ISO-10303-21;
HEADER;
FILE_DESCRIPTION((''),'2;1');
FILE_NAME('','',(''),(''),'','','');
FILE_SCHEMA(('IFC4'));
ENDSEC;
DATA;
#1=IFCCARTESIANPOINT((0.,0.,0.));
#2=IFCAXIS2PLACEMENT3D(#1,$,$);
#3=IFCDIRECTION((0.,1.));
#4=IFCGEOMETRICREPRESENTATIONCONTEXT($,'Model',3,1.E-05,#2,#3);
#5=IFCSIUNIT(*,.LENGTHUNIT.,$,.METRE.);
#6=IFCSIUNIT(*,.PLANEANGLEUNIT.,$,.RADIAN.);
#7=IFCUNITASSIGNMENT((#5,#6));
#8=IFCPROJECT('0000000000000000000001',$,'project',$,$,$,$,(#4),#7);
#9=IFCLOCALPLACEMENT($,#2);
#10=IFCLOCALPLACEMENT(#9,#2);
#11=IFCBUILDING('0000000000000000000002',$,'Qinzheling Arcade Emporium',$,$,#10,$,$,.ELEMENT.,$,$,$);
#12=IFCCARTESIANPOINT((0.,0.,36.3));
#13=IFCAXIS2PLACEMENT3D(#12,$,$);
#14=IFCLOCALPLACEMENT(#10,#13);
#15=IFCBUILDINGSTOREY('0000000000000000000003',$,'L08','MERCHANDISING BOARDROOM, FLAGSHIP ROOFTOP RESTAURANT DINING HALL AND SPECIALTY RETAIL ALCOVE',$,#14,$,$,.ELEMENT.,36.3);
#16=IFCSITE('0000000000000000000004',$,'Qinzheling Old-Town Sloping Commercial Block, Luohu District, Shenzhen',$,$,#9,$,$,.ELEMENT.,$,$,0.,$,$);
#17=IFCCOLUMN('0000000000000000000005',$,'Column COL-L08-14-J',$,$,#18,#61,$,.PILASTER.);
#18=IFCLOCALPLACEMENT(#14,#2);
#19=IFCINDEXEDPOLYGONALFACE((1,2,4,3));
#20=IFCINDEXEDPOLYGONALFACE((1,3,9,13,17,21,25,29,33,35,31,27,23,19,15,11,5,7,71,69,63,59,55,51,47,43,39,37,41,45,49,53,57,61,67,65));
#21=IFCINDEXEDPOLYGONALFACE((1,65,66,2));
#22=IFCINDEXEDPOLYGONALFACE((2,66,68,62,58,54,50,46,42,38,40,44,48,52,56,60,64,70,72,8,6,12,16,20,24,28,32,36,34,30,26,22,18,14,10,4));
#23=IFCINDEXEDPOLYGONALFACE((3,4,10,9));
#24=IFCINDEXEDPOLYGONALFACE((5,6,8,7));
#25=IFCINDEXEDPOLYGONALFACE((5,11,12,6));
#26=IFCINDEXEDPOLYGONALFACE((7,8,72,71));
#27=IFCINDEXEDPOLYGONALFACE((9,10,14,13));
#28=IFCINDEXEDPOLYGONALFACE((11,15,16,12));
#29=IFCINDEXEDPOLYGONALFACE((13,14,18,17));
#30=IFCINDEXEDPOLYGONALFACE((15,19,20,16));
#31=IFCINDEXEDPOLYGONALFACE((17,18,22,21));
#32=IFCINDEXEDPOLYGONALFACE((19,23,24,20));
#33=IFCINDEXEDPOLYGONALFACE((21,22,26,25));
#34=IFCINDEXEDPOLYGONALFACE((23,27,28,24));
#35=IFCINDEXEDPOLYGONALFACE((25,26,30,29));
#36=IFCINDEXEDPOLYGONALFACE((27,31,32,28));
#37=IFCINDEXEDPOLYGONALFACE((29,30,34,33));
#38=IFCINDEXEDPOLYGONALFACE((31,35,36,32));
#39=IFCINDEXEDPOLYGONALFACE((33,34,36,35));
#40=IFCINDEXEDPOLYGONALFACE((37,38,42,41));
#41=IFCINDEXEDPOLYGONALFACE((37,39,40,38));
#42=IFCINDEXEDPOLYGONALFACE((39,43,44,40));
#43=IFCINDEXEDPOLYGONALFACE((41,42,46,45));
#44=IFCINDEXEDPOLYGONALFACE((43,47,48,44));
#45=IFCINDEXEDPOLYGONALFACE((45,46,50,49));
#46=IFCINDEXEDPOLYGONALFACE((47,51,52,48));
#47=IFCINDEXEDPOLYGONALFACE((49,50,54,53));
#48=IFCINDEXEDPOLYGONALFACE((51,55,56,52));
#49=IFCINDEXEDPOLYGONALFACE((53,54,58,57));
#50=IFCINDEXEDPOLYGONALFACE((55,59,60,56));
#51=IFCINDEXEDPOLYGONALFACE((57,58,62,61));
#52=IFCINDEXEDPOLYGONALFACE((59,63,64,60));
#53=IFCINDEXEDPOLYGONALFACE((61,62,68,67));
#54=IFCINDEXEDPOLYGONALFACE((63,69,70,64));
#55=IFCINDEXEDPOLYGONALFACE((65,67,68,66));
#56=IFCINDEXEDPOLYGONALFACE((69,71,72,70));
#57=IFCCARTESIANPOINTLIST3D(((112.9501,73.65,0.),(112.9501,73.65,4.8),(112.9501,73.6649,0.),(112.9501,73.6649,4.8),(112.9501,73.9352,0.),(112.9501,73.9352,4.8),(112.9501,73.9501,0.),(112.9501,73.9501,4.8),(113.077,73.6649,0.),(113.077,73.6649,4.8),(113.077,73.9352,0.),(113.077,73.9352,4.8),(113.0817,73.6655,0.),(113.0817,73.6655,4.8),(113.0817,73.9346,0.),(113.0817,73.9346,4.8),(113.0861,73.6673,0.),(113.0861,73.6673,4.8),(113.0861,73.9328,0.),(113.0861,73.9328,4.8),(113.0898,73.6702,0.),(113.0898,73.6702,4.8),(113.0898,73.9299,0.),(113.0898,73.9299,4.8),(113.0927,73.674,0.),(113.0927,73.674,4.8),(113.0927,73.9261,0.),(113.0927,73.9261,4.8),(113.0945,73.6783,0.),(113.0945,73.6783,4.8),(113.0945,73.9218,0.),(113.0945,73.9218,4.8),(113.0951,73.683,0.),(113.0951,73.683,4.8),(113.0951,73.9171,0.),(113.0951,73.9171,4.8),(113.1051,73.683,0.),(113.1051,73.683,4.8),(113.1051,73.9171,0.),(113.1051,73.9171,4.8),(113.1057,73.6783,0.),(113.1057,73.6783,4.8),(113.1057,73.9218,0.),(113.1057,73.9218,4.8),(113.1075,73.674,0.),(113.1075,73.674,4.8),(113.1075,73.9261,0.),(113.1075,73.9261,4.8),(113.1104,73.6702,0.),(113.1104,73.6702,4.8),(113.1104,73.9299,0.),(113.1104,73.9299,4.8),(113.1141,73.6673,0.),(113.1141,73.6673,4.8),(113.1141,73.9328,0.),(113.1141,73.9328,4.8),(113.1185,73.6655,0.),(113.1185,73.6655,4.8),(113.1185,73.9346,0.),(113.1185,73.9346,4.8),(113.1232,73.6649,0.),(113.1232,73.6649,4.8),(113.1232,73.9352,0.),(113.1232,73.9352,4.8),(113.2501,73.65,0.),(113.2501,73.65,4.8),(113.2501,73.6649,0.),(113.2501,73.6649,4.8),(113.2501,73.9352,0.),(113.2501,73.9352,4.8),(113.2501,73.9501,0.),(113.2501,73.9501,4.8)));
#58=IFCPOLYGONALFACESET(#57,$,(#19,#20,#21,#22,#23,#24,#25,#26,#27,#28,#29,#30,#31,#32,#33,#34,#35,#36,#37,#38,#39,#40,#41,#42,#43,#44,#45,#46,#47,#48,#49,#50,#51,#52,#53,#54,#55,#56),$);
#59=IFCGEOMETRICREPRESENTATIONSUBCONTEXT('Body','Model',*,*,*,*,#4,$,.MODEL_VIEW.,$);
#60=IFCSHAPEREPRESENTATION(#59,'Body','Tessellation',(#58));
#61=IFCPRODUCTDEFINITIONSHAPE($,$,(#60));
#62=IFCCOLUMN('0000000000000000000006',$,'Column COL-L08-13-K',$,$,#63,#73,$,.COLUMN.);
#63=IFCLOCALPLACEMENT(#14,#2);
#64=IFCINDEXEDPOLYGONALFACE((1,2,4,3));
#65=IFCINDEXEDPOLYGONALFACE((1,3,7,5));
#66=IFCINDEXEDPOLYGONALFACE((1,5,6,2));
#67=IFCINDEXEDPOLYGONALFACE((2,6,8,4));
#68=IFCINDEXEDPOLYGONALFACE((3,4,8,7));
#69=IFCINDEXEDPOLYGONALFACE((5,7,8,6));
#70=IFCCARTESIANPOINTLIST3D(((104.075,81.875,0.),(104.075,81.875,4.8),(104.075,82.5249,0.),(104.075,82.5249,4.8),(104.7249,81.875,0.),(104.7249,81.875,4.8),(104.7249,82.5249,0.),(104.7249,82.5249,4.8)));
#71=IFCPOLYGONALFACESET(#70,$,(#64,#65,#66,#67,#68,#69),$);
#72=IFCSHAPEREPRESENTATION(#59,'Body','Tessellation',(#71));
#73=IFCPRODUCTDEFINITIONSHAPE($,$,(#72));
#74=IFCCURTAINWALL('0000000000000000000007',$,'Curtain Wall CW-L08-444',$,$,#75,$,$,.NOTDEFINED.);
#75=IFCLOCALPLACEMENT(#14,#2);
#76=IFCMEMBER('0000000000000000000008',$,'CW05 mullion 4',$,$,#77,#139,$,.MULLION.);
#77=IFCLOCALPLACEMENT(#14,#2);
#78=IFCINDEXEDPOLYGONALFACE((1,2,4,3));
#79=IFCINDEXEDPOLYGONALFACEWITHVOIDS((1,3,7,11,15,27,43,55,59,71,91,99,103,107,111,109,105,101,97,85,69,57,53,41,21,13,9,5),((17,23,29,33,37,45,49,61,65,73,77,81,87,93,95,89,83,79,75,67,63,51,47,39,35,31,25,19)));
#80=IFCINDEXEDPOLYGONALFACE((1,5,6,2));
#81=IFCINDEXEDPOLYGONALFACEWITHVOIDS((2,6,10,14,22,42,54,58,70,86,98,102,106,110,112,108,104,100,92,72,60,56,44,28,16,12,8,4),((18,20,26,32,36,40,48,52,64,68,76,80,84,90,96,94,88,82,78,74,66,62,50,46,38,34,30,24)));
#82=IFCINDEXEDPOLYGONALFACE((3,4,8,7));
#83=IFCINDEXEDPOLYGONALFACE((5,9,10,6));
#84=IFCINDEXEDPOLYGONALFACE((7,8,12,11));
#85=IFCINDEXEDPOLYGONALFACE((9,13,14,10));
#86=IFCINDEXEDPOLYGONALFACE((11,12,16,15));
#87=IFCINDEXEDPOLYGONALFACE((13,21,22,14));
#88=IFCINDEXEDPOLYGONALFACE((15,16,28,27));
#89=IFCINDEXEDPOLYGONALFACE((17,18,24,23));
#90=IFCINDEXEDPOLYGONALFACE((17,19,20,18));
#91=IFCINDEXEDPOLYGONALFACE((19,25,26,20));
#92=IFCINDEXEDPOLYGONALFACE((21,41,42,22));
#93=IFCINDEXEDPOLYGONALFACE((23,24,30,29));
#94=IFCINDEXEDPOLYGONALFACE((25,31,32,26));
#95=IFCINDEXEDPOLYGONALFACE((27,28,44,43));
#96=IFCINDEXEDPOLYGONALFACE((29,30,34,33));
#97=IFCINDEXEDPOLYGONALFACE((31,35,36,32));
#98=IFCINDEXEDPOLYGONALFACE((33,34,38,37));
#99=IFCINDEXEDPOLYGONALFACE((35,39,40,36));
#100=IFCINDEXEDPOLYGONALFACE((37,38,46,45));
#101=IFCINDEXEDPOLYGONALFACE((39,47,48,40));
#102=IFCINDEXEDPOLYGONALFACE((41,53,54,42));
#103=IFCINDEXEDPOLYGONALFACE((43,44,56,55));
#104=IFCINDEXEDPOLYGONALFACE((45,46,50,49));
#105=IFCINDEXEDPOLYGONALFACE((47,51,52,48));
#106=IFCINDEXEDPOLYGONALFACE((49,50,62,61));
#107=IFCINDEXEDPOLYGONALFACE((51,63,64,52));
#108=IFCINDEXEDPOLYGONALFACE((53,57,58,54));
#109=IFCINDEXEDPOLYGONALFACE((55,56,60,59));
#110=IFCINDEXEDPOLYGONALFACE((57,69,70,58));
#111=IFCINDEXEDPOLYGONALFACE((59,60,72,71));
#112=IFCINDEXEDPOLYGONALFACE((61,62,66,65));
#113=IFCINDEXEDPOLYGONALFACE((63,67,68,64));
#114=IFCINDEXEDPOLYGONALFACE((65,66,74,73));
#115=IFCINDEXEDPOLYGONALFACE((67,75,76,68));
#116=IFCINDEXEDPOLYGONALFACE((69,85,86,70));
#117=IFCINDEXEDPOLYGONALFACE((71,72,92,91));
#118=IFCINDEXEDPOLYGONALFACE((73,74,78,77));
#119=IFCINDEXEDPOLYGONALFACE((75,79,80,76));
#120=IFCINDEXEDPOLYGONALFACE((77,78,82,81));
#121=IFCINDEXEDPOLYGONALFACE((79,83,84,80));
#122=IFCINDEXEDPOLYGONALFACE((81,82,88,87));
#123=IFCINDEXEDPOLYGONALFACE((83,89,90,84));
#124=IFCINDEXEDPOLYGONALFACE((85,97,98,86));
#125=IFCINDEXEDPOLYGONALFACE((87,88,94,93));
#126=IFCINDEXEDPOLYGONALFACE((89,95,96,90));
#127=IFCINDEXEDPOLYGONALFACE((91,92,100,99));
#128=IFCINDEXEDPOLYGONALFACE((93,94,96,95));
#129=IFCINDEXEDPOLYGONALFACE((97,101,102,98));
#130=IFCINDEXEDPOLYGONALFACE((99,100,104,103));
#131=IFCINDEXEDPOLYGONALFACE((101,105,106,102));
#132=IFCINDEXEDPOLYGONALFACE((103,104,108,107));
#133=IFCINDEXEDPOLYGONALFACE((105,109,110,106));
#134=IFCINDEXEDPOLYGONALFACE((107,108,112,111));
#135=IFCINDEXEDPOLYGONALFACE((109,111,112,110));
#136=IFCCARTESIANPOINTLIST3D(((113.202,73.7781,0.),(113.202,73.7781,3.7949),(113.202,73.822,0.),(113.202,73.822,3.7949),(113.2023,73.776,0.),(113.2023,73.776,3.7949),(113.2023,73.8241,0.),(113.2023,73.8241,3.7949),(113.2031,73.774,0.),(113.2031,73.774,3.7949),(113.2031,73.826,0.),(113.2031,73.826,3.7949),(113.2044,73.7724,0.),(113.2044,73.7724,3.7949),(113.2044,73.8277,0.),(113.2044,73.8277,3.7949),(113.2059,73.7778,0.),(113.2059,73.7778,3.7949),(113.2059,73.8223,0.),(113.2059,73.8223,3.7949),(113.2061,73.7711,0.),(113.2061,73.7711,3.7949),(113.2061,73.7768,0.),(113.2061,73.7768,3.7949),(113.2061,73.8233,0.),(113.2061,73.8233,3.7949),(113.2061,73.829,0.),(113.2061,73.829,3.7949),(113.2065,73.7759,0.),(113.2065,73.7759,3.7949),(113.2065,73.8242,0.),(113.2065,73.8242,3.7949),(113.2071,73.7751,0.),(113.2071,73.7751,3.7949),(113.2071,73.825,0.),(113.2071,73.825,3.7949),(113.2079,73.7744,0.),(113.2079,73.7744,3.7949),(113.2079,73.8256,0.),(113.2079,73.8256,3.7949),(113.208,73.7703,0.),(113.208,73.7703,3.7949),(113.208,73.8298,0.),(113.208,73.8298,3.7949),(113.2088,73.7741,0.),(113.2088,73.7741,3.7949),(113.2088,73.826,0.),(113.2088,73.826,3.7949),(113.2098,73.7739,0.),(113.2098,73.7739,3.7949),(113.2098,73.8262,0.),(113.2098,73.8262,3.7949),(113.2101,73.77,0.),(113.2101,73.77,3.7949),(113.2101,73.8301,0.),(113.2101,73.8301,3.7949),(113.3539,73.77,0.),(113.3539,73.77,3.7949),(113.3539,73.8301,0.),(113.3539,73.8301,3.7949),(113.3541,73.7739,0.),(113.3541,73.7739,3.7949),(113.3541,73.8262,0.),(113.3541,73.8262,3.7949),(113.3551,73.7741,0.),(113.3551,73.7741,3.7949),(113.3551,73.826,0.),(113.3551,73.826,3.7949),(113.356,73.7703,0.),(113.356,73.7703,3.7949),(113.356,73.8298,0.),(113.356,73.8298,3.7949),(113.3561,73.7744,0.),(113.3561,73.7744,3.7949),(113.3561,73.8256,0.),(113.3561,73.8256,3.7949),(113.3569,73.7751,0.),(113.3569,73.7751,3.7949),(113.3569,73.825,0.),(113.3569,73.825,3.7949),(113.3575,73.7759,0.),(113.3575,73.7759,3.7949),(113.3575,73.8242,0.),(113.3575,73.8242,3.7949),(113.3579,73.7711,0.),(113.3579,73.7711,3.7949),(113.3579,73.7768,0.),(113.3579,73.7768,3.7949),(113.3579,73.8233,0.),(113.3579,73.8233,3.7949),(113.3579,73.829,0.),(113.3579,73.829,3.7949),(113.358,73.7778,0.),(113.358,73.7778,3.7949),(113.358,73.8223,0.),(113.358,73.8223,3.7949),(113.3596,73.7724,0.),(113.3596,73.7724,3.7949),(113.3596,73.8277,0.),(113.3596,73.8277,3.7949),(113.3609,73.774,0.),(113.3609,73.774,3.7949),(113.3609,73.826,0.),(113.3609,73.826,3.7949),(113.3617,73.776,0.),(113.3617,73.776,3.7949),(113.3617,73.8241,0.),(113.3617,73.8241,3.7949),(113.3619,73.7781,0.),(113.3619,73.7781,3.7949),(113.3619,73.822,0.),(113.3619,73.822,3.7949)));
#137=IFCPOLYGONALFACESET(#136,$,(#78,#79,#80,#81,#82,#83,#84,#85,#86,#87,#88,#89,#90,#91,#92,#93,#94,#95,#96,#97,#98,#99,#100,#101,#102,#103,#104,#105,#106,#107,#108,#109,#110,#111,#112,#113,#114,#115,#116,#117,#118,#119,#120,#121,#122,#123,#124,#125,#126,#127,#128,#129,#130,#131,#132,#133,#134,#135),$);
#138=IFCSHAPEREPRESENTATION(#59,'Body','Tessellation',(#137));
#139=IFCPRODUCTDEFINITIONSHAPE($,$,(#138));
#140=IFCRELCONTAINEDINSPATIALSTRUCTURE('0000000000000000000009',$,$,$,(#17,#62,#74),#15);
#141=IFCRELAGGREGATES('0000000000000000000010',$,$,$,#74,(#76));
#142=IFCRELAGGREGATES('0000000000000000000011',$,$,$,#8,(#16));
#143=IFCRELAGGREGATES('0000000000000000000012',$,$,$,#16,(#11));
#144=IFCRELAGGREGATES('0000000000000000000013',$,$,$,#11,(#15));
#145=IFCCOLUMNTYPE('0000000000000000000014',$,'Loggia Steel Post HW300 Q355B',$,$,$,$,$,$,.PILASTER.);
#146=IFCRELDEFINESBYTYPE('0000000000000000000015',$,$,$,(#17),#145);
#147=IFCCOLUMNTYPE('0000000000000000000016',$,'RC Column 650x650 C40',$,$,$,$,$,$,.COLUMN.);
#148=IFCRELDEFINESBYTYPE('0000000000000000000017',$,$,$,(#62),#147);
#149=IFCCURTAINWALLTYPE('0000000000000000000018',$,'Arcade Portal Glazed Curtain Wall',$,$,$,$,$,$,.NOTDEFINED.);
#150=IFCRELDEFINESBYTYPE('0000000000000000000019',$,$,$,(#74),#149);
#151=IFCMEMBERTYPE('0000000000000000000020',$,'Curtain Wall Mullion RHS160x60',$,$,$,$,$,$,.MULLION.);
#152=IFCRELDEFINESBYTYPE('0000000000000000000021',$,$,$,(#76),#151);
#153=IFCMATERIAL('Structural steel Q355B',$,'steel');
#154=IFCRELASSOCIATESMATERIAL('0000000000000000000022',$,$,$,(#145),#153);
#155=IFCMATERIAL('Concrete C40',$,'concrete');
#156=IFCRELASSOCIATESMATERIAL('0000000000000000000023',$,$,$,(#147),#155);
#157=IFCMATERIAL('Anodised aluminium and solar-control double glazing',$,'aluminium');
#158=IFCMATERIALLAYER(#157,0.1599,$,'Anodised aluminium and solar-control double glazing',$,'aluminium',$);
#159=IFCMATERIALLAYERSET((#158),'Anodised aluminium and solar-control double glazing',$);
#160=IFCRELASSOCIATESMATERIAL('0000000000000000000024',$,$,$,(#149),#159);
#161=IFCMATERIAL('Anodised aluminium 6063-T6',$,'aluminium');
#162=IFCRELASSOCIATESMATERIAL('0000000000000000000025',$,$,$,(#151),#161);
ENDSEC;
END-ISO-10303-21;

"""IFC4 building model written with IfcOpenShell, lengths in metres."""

from ifc_helpers import new_model, si_unit, direction, frame, origin, origin_2d, place, context, subcontext, project, spatial, rectangle, hollow_rectangle, i_section, extrude, material, layer, layer_set, material_profile, profile_set, type_object, element, aggregate, save


model = new_model("IFC4")

# Units and contexts
model_context = context("Model", 3, precision=1e-05, world=origin(), true_north=direction((0.0, 1.0)))
body_context = subcontext(model_context, "Body", "Model", "MODEL_VIEW")
ifc_project = project(units=[si_unit("LENGTHUNIT", "METRE"), si_unit("PLANEANGLEUNIT", "RADIAN")], contexts=[model_context])

# Site, building, storey
site_placement = place(None, origin())
site = spatial("IfcSite", under=ifc_project, at=site_placement, Name="Qinzheling Old-Town Sloping Commercial Block, Luohu District, Shenzhen", CompositionType="ELEMENT", RefElevation=0.0)
building_placement = place(site_placement, origin())
building = spatial("IfcBuilding", under=site, at=building_placement, Name="Qinzheling Arcade Emporium", CompositionType="ELEMENT")
storey_placement = place(building_placement, frame((0.0, 0.0, 36.3)))
storey = spatial("IfcBuildingStorey", under=building, at=storey_placement, Name="L08", Description="MERCHANDISING BOARDROOM, FLAGSHIP ROOFTOP RESTAURANT DINING HALL AND SPECIALTY RETAIL ALCOVE", CompositionType="ELEMENT", Elevation=36.3)

# Columns
ifc_material_1 = material(Name="Structural steel Q355B", Category="steel")
ifc_material_profile_1 = material_profile(ifc_material_1, i_section(OverallWidth=0.3, OverallDepth=0.3, WebThickness=0.01, FlangeThickness=0.0149, FilletRadius=0.0181, at=origin_2d()), Name="HW 300x300x10x15", Category="steel")
ifc_profile_set_1 = profile_set([ifc_material_profile_1], Name="Structural steel Q355B")
column_type_1 = type_object("IfcColumnType", Name="Loggia Steel Post HW300 Q355B", PredefinedType="PILASTER", material=ifc_profile_set_1)
column_1_placement = place(storey_placement, frame((113.1001, 73.8, 0.0), z_axis=(0.0, 0.0, 1.0), x_axis=(1.0, 0.0, 0.0)))
element("IfcColumn", 1, at=column_1_placement, inside=storey, type_object=column_type_1, Name="Column COL-L08-14-J", PredefinedType="PILASTER", context=body_context, shape_type="SweptSolid", body=[
    extrude(i_section(OverallWidth=0.3, OverallDepth=0.3, WebThickness=0.01, FlangeThickness=0.0149, FilletRadius=0.0181, at=origin_2d()), origin(), (0.0, 0.0, 1.0), 4.8),
])
ifc_material_2 = material(Name="Concrete C40", Category="concrete")
ifc_material_profile_2 = material_profile(ifc_material_2, rectangle(XDim=0.6499, YDim=0.6499, at=origin_2d()), Name="RC 650x650", Category="concrete")
ifc_profile_set_2 = profile_set([ifc_material_profile_2], Name="Concrete C40")
column_type_2 = type_object("IfcColumnType", Name="RC Column 650x650 C40", PredefinedType="COLUMN", material=ifc_profile_set_2)
column_2_placement = place(storey_placement, frame((104.3999, 82.2, 0.0), z_axis=(0.0, 0.0, 1.0), x_axis=(1.0, 0.0, 0.0)))
element("IfcColumn", 2, at=column_2_placement, inside=storey, type_object=column_type_2, Name="Column COL-L08-13-K", PredefinedType="COLUMN", context=body_context, shape_type="SweptSolid", body=[
    extrude(rectangle(XDim=0.6499, YDim=0.6499, at=origin_2d()), origin(), (0.0, 0.0, 1.0), 4.8),
])

# Curtain wall, member
ifc_material_3 = material(Name="Anodised aluminium and solar-control double glazing", Category="aluminium")
ifc_layer_1 = layer(ifc_material_3, 0.1599, Name="Anodised aluminium and solar-control double glazing", Category="aluminium")
ifc_layer_set_1 = layer_set([ifc_layer_1], Name="Anodised aluminium and solar-control double glazing")
curtain_wall_type = type_object("IfcCurtainWallType", Name="Arcade Portal Glazed Curtain Wall", PredefinedType="NOTDEFINED", material=ifc_layer_set_1)
curtain_wall_1_placement = place(storey_placement, origin())
curtain_wall_1 = element("IfcCurtainWall", 3, at=curtain_wall_1_placement, inside=storey, type_object=curtain_wall_type, Name="Curtain Wall CW-L08-444", PredefinedType="NOTDEFINED")
ifc_material_4 = material(Name="Anodised aluminium 6063-T6", Category="aluminium")
ifc_material_profile_3 = material_profile(ifc_material_4, hollow_rectangle(XDim=0.0601, YDim=0.1599, WallThickness=0.0039, InnerFilletRadius=0.0039, OuterFilletRadius=0.0081, at=origin_2d()), Name="RHS 160x60x4", Category="aluminium")
ifc_profile_set_3 = profile_set([ifc_material_profile_3], Name="Anodised aluminium 6063-T6")
member_type_1 = type_object("IfcMemberType", Name="Curtain Wall Mullion RHS160x60", PredefinedType="MULLION", material=ifc_profile_set_3)
member_1_placement = place(storey_placement, frame((113.282, 73.8, 0.0), z_axis=(0.0, 0.0, 1.0), x_axis=(0.0, -1.0, 0.0)))
member_1 = element("IfcMember", 4, at=member_1_placement, type_object=member_type_1, Name="CW05 mullion 4", PredefinedType="MULLION", context=body_context, shape_type="SweptSolid", body=[
    extrude(hollow_rectangle(XDim=0.0601, YDim=0.1599, WallThickness=0.0039, InnerFilletRadius=0.0039, OuterFilletRadius=0.0081, at=origin_2d()), origin(), (0.0, 0.0, 1.0), 3.7949),
])

aggregate(curtain_wall_1, [member_1])

save(model, "model.ifc")
